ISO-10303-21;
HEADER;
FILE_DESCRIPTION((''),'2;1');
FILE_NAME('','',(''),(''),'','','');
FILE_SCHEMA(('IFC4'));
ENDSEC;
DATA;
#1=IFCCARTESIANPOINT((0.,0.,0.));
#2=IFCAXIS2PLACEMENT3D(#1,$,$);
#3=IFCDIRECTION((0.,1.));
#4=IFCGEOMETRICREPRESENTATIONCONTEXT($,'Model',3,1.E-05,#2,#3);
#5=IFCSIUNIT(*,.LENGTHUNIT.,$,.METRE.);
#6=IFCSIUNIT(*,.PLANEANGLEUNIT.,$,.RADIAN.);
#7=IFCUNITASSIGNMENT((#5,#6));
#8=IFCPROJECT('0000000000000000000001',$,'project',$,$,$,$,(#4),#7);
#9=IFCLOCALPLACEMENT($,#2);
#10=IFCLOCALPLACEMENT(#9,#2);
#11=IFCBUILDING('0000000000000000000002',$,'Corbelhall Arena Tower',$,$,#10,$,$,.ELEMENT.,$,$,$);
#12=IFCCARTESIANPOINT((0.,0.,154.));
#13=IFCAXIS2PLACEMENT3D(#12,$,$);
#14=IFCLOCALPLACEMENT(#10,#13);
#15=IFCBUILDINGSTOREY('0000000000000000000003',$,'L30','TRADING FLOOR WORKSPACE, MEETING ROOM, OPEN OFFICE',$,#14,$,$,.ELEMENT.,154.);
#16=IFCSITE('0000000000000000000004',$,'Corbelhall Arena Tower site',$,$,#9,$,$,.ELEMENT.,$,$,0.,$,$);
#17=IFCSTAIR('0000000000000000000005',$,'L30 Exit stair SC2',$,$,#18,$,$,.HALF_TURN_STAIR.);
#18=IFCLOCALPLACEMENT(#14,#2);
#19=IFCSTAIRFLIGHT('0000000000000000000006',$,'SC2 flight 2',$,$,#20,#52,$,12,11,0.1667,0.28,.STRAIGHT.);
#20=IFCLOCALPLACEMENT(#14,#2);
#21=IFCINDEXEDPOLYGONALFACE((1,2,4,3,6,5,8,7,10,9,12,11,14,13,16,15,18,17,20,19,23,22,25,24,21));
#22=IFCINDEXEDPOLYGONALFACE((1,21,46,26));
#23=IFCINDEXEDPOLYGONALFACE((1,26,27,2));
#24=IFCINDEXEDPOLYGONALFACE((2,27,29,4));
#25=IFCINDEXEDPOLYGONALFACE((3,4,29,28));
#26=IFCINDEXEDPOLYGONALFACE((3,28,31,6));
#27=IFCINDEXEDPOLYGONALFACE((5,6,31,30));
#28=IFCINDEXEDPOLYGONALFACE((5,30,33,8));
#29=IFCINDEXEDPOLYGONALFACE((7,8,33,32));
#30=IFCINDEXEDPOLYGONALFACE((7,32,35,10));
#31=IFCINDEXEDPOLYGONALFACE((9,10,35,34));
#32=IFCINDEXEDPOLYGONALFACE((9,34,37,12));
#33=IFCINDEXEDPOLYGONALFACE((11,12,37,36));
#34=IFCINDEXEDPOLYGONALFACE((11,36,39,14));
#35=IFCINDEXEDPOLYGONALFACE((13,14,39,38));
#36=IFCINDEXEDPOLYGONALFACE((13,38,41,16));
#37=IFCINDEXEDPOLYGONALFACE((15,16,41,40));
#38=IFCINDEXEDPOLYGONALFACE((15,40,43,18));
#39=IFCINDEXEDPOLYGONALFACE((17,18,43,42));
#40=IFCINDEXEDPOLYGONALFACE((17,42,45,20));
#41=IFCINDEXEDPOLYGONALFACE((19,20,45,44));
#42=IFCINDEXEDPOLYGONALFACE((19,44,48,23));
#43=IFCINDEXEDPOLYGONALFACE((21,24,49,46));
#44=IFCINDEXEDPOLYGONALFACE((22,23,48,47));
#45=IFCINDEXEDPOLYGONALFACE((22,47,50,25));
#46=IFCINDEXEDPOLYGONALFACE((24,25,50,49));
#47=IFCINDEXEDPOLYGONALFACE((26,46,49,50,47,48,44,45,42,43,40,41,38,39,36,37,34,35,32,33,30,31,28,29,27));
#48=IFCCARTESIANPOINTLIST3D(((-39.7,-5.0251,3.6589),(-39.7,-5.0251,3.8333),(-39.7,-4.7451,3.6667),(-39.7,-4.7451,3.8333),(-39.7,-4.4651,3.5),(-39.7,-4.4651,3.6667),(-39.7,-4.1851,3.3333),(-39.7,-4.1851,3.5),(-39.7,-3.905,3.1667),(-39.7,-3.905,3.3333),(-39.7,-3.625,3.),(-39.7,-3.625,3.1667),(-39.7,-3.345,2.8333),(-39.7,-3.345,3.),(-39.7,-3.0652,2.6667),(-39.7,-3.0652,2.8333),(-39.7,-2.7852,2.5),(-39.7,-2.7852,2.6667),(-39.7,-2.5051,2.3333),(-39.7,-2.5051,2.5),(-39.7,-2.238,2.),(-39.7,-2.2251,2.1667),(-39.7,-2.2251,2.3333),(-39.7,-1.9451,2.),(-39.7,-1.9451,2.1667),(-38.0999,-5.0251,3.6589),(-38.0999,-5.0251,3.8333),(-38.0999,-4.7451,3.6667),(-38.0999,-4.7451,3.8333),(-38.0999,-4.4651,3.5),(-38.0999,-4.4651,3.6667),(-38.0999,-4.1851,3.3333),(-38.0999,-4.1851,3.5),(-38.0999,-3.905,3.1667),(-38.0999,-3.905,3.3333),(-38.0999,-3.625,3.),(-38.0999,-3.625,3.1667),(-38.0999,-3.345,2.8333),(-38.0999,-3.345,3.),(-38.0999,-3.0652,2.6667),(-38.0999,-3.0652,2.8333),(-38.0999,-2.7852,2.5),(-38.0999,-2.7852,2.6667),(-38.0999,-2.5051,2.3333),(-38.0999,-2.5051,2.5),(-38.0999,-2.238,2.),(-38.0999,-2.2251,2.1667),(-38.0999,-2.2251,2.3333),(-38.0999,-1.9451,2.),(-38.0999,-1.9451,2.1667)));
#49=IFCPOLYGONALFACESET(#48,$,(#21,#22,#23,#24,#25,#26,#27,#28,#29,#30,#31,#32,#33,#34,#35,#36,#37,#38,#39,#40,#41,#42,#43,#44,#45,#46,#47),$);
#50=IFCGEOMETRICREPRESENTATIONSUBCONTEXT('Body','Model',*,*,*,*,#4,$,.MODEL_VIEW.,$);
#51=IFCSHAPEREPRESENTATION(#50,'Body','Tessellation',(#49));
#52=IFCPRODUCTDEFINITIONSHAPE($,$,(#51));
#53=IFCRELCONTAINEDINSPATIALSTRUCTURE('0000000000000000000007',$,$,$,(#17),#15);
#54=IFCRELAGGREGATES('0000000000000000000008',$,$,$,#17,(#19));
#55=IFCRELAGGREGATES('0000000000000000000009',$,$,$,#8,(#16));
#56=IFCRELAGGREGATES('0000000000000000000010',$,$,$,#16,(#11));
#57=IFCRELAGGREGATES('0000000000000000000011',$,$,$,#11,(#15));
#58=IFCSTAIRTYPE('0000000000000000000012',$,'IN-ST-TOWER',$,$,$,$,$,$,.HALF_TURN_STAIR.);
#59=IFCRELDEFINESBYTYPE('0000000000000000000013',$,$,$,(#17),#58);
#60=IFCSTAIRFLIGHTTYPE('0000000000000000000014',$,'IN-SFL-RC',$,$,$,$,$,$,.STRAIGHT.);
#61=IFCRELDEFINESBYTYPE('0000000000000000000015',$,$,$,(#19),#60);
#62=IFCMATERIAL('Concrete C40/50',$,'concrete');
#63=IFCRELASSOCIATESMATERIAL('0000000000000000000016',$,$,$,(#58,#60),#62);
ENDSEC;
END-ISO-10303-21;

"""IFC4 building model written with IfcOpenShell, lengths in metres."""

from ifc_helpers import new_model, si_unit, direction, frame, origin, place, context, subcontext, project, spatial, polyline, outline, extrude, material, type_object, element, aggregate, save


model = new_model("IFC4")

# Units and contexts
model_context = context("Model", 3, precision=1e-05, world=origin(), true_north=direction((0.0, 1.0)))
body_context = subcontext(model_context, "Body", "Model", "MODEL_VIEW")
ifc_project = project(units=[si_unit("LENGTHUNIT", "METRE"), si_unit("PLANEANGLEUNIT", "RADIAN")], contexts=[model_context])

# Site, building, storey
site_placement = place(None, origin())
site = spatial("IfcSite", under=ifc_project, at=site_placement, Name="Corbelhall Arena Tower site", CompositionType="ELEMENT", RefElevation=0.0)
building_placement = place(site_placement, origin())
building = spatial("IfcBuilding", under=site, at=building_placement, Name="Corbelhall Arena Tower", CompositionType="ELEMENT")
storey_placement = place(building_placement, frame((0.0, 0.0, 154.0)))
storey = spatial("IfcBuildingStorey", under=building, at=storey_placement, Name="L30", Description="TRADING FLOOR WORKSPACE, MEETING ROOM, OPEN OFFICE", CompositionType="ELEMENT", Elevation=154.0)

# Shared definitions
ifc_material_1 = material(Name="Concrete C40/50", Category="concrete")

# Stair, stair flight
stair_type = type_object("IfcStairType", Name="IN-ST-TOWER", PredefinedType="HALF_TURN_STAIR", material=ifc_material_1)
stair_placement = place(storey_placement, origin())
stair = element("IfcStair", 1, at=stair_placement, inside=storey, type_object=stair_type, Name="L30 Exit stair SC2", PredefinedType="HALF_TURN_STAIR")
stair_flight_type = type_object("IfcStairFlightType", Name="IN-SFL-RC", PredefinedType="STRAIGHT", material=ifc_material_1)
stair_flight_1_placement = place(storey_placement, frame((-38.8999, -1.9451, 2.0), z_axis=(0.0, 0.0, 1.0), x_axis=(0.0, -1.0, 0.0)))
stair_flight_1 = element("IfcStairFlight", 2, at=stair_flight_1_placement, type_object=stair_flight_type, Name="SC2 flight 2", NumberOfRisers=12, NumberOfTreads=11, PredefinedType="STRAIGHT", RiserHeight=0.1667, TreadLength=0.28, context=body_context, shape_type="SweptSolid", body=[
    extrude(outline(polyline([(0.0, 0.0), (0.0, 0.1667), (0.28, 0.1667), (0.28, 0.3333), (0.5601, 0.3333), (0.5601, 0.5), (0.8401, 0.5), (0.8401, 0.6667), (1.1201, 0.6667), (1.1201, 0.8333), (1.3999, 0.8333), (1.3999, 1.0), (1.6799, 1.0), (1.6799, 1.1667), (1.96, 1.1667), (1.96, 1.3333), (2.24, 1.3333), (2.24, 1.5), (2.52, 1.5), (2.52, 1.6667), (2.8, 1.6667), (2.8, 1.8333), (3.0801, 1.8333), (3.0801, 2.0), (3.0801, 1.6589), (0.293, 0.0), (0.0, 0.0)])), frame((0.0, 0.8, 0.0), z_axis=(0.0, -1.0, 0.0), x_axis=(1.0, 0.0, 0.0)), (0.0, 0.0, 1.0), 1.6001),
])
aggregate(stair, [stair_flight_1])

save(model, "model.ifc")
